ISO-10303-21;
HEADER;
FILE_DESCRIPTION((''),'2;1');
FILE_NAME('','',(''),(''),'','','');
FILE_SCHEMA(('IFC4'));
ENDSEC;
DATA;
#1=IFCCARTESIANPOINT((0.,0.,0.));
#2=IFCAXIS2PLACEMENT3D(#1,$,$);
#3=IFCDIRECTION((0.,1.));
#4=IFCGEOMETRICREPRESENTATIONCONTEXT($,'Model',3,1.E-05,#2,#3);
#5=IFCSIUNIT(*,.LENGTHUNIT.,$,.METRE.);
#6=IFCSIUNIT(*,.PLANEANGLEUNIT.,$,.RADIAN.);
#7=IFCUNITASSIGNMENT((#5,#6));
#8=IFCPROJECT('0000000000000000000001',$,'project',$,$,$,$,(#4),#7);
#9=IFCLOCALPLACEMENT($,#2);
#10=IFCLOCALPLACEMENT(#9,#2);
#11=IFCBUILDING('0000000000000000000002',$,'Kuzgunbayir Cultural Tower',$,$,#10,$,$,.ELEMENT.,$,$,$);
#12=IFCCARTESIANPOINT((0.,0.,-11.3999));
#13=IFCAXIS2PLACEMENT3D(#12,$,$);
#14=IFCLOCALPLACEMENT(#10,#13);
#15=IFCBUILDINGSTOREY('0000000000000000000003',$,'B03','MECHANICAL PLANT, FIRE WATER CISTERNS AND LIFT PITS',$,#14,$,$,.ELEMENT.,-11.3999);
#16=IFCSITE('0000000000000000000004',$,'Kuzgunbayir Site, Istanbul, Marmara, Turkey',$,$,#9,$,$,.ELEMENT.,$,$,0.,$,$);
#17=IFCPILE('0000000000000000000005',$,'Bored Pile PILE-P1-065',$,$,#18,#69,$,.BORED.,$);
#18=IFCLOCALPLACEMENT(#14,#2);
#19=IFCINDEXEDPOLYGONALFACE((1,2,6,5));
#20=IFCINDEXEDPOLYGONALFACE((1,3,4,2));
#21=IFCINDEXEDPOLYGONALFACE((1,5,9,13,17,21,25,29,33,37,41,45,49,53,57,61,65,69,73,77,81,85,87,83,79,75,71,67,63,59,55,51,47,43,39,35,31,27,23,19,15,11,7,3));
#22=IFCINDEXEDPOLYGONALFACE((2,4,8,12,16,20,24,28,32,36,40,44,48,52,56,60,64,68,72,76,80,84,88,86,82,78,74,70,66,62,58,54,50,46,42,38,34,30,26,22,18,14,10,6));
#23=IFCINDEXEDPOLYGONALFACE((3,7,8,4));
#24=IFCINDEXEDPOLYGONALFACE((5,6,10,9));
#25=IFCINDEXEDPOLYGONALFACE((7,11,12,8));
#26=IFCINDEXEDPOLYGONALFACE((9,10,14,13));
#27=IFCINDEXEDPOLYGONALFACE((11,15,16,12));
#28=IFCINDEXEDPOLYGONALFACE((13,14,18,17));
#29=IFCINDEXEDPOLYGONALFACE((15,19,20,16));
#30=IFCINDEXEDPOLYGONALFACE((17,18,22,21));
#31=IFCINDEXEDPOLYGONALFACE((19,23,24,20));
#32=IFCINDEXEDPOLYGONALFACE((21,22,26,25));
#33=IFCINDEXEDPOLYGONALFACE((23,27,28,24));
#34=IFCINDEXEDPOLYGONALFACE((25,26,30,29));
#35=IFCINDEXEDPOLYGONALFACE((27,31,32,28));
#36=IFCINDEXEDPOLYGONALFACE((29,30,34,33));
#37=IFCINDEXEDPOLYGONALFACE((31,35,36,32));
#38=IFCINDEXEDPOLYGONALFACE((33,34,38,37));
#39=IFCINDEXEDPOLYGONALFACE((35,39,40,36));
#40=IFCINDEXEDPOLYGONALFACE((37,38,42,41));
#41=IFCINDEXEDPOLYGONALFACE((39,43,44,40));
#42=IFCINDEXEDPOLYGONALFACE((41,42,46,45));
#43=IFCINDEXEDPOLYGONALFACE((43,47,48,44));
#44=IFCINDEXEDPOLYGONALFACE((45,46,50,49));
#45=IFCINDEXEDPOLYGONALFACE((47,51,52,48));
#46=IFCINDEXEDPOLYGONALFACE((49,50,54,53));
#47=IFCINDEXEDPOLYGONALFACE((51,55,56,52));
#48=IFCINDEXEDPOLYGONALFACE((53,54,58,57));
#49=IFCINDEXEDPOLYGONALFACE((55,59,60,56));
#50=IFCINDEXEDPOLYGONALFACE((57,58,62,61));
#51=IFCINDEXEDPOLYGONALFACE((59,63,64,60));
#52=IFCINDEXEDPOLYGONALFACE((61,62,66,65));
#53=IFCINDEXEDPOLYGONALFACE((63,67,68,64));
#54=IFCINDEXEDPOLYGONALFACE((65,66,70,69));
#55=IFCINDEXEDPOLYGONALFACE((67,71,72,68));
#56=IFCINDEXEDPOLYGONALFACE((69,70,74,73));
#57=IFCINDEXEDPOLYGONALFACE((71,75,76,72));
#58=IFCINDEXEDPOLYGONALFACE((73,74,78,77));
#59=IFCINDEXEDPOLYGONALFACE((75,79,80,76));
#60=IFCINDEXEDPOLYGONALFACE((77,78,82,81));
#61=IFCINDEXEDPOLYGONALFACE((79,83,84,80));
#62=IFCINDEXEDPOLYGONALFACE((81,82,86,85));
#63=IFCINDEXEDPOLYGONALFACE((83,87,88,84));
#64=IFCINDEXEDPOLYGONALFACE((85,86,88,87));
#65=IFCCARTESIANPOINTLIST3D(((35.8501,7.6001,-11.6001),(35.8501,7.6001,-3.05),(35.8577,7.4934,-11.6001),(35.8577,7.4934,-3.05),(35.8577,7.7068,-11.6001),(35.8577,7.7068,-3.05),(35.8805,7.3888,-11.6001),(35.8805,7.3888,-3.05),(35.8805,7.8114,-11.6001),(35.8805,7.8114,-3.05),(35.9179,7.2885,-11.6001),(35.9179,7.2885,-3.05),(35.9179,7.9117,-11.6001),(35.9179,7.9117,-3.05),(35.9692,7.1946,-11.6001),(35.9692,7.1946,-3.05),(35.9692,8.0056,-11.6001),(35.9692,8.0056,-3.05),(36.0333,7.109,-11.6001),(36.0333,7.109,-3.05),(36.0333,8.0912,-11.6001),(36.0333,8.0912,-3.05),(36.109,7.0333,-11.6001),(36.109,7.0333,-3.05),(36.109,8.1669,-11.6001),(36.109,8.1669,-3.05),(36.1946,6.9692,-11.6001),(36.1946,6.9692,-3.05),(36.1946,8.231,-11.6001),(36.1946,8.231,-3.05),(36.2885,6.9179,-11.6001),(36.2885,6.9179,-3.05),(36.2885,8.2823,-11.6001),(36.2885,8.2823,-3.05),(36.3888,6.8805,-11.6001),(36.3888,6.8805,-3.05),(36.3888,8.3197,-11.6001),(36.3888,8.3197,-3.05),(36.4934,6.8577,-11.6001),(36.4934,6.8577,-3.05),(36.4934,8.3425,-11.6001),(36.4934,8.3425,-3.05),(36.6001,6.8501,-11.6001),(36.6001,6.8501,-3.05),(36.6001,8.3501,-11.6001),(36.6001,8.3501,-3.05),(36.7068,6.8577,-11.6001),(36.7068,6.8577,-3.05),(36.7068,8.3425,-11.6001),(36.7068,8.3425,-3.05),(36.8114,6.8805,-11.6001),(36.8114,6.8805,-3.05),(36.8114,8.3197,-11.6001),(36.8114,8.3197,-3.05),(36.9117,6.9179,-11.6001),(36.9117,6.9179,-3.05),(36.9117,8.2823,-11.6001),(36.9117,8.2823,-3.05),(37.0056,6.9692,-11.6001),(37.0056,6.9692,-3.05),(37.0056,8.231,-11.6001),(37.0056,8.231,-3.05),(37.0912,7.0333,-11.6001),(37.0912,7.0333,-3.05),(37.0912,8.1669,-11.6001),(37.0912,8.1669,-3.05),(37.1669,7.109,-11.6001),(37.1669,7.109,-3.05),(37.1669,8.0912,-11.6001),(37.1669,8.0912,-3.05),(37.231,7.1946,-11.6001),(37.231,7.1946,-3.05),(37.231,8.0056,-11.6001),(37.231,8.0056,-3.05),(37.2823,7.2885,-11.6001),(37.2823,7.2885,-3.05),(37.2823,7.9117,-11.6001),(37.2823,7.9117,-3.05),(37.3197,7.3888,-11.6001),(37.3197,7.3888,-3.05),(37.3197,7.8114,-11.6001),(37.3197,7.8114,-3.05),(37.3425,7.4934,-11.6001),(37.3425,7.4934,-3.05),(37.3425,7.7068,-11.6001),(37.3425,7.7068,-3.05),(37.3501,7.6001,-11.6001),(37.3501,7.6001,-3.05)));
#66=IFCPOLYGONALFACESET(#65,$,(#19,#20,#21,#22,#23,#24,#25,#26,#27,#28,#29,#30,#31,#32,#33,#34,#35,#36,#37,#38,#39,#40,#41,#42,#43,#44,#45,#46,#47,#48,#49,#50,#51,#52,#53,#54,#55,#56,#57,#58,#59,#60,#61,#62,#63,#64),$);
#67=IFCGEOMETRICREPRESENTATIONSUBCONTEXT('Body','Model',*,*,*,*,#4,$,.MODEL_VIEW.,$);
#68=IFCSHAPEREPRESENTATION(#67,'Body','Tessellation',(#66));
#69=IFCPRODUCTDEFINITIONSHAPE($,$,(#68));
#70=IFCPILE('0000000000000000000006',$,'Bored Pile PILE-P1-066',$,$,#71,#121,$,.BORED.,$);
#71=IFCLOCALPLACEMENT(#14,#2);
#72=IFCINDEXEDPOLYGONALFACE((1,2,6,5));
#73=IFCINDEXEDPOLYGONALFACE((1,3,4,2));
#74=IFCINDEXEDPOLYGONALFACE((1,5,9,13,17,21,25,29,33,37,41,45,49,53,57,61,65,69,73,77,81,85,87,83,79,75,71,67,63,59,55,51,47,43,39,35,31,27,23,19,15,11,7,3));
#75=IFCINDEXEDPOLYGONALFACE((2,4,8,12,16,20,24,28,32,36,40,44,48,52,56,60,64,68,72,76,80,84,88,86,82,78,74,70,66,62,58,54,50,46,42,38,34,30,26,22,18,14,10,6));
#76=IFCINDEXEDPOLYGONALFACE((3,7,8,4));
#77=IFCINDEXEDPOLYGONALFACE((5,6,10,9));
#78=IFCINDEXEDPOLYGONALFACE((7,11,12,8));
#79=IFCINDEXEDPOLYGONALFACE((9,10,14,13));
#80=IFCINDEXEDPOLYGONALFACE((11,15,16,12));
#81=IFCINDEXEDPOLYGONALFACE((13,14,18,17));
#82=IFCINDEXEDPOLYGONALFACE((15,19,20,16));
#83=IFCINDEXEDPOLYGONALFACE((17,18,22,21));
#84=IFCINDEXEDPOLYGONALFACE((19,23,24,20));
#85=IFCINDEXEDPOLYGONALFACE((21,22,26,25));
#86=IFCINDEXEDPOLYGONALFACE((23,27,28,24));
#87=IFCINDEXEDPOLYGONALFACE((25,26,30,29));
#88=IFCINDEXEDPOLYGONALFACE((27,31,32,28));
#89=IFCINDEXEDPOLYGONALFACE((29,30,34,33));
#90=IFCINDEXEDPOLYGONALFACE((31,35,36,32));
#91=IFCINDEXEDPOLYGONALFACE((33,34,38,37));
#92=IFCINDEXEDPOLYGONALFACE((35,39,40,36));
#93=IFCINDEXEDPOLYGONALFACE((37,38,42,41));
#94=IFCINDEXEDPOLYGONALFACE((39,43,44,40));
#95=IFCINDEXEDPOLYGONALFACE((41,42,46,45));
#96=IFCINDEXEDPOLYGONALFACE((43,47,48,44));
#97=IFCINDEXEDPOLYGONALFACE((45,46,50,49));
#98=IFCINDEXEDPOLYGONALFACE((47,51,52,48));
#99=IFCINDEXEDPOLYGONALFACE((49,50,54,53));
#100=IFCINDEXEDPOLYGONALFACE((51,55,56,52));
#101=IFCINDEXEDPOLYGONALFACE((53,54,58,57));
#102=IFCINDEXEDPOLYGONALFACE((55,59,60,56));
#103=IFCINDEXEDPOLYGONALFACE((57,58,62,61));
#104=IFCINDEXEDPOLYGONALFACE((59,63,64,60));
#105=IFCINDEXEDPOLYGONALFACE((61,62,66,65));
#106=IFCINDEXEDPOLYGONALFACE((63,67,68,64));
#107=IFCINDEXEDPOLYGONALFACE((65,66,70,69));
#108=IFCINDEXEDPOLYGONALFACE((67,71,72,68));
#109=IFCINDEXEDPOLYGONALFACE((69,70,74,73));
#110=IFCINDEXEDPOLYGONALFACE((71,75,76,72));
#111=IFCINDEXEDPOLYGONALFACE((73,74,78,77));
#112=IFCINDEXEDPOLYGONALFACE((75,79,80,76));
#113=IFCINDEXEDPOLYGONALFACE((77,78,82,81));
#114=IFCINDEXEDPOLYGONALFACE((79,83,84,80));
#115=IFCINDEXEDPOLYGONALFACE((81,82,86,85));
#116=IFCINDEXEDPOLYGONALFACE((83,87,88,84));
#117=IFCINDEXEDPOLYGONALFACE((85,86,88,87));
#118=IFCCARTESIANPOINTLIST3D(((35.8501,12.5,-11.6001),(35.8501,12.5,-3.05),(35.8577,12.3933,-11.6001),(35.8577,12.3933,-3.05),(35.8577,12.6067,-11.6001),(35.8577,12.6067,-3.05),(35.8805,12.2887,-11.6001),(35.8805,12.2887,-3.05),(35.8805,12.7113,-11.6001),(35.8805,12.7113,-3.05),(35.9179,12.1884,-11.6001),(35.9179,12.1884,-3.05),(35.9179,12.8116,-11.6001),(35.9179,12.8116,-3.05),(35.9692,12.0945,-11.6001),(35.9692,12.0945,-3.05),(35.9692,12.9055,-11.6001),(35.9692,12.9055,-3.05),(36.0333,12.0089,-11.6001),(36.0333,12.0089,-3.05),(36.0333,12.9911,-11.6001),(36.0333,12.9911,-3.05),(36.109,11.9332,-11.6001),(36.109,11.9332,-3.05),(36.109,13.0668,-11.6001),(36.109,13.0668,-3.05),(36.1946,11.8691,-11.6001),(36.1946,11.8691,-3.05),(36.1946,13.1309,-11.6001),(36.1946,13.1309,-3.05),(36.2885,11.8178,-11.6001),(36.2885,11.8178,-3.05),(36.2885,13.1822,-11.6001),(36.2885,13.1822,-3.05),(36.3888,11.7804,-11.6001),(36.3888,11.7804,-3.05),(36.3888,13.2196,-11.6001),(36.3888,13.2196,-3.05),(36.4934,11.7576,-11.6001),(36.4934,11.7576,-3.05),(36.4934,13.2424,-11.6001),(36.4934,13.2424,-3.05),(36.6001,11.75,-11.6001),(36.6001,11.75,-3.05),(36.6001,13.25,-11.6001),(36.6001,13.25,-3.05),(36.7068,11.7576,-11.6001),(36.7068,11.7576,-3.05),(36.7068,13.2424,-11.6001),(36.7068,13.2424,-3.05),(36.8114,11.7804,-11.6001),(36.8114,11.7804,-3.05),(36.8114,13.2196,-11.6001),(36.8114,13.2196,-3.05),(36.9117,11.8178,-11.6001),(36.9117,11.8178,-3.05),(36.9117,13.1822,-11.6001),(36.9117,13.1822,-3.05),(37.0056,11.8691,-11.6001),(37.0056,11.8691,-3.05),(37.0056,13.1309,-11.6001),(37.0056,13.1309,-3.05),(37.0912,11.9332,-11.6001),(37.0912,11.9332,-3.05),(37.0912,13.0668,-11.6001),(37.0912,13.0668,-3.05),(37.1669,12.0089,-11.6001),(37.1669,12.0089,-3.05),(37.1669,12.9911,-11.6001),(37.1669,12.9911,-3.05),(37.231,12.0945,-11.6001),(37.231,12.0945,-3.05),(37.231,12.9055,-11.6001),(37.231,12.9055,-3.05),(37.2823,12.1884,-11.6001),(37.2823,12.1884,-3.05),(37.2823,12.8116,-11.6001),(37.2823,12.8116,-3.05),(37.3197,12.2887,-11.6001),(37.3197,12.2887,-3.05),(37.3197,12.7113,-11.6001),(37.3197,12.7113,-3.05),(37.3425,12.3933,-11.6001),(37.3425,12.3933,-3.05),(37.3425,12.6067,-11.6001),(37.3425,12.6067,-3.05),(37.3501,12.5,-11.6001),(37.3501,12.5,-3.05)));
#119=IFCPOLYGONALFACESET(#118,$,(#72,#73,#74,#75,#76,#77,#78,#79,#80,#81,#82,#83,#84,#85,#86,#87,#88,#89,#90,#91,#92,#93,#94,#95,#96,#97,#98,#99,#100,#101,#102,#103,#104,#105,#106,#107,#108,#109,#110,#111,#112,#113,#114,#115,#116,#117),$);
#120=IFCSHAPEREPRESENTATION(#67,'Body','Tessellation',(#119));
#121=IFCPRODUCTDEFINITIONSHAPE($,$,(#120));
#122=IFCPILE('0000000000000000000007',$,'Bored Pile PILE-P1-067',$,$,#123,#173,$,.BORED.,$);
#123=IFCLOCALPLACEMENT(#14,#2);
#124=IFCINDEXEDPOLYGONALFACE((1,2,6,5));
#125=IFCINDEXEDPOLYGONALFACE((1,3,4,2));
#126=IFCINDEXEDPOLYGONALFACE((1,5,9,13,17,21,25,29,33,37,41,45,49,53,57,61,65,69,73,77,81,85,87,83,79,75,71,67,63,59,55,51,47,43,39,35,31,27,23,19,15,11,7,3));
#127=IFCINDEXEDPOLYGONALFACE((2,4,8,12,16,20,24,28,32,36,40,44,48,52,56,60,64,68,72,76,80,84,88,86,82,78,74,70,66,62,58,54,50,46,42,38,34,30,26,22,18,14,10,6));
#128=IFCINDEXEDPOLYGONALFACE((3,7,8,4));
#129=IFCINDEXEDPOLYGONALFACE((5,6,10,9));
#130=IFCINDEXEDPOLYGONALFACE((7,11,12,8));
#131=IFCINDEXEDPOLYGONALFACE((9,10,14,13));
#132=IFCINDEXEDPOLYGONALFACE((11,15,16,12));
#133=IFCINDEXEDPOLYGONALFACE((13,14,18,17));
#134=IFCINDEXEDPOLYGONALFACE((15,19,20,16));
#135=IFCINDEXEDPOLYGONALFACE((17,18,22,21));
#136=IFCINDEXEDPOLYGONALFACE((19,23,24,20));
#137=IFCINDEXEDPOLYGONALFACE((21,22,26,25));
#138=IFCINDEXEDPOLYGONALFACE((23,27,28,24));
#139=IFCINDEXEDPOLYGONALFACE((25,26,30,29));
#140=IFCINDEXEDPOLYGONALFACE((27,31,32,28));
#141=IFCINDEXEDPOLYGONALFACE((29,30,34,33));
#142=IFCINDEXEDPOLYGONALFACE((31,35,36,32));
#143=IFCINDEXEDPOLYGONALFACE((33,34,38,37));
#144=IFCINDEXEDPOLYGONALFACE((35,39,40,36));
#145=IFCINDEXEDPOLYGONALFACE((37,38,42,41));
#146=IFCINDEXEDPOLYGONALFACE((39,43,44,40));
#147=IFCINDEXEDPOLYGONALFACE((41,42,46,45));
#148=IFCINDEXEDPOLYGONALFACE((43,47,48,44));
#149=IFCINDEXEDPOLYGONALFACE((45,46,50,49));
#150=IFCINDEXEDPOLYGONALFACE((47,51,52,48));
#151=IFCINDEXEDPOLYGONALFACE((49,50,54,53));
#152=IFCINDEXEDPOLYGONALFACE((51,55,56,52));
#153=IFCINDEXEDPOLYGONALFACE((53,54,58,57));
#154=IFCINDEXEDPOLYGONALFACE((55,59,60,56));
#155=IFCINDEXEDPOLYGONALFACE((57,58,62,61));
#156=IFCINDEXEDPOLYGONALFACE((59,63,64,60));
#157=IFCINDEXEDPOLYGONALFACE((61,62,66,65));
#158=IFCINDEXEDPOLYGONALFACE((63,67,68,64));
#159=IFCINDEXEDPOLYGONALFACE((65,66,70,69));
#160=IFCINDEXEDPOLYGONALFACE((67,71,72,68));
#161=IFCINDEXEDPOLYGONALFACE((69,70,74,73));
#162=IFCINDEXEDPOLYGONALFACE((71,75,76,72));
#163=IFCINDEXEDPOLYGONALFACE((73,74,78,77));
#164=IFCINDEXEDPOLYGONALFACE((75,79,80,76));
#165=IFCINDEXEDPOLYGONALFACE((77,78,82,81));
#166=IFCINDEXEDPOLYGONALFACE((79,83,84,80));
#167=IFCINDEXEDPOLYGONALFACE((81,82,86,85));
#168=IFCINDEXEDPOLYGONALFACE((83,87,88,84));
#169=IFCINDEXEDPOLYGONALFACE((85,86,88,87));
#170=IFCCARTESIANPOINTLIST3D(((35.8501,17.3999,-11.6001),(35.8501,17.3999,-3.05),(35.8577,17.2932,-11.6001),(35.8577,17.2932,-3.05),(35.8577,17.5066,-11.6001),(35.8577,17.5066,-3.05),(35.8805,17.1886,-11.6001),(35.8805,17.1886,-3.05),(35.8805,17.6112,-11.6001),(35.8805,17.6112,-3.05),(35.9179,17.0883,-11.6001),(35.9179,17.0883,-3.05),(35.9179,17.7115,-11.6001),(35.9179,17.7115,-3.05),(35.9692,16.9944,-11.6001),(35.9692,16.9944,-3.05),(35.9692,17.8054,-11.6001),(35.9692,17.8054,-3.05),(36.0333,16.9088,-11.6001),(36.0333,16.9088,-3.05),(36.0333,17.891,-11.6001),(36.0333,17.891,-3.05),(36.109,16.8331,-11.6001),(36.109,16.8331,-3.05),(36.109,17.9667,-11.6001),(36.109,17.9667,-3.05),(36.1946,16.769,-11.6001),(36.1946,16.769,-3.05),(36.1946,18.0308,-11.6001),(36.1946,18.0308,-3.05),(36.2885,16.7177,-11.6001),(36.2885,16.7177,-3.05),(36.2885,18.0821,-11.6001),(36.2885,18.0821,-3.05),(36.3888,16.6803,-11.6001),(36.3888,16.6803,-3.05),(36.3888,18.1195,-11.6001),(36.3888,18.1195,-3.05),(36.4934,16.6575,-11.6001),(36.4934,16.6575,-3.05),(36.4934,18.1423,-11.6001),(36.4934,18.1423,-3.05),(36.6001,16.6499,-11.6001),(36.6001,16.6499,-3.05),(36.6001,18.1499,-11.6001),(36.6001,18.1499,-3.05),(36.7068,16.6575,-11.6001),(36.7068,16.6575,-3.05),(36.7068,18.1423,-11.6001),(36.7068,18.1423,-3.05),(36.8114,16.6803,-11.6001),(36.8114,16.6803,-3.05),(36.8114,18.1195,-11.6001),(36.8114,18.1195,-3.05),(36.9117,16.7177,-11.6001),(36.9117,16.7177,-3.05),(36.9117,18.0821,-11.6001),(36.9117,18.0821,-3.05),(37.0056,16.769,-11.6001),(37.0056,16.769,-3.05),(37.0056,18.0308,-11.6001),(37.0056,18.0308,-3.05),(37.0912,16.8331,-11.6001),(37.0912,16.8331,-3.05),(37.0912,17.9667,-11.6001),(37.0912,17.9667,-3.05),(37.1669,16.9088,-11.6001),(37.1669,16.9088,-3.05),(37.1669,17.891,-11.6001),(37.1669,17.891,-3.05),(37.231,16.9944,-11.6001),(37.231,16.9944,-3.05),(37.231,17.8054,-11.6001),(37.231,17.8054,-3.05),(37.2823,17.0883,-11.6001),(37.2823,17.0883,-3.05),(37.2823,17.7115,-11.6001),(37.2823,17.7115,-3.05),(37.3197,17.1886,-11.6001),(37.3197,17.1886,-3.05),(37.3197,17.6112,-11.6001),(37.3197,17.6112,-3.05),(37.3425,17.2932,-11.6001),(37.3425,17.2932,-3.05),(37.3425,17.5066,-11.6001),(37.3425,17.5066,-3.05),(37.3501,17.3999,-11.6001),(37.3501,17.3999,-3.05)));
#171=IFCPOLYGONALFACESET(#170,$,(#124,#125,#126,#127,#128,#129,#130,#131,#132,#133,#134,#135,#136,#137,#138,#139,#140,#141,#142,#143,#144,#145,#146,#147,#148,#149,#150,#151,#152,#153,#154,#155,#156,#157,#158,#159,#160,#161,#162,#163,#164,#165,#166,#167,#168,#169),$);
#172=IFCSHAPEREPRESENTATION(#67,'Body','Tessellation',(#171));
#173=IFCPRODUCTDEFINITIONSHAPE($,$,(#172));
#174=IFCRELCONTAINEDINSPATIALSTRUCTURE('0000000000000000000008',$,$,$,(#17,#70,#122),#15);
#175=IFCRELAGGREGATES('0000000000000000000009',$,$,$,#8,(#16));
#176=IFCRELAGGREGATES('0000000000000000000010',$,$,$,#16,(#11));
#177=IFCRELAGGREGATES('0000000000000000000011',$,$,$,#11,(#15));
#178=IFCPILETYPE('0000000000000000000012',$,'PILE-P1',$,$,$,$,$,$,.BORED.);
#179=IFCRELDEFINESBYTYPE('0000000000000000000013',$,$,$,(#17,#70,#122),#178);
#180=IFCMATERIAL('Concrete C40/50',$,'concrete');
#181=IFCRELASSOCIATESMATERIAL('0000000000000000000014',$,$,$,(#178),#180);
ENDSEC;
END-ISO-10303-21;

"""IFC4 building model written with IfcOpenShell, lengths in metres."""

from ifc_helpers import new_model, si_unit, direction, frame, origin, origin_2d, place, context, subcontext, project, spatial, circle, extrude, material, material_profile, profile_set, type_object, element, save


model = new_model("IFC4")

# Units and contexts
model_context = context("Model", 3, precision=1e-05, world=origin(), true_north=direction((0.0, 1.0)))
body_context = subcontext(model_context, "Body", "Model", "MODEL_VIEW")
ifc_project = project(units=[si_unit("LENGTHUNIT", "METRE"), si_unit("PLANEANGLEUNIT", "RADIAN")], contexts=[model_context])

# Site, building, storey
site_placement = place(None, origin())
site = spatial("IfcSite", under=ifc_project, at=site_placement, Name="Kuzgunbayir Site, Istanbul, Marmara, Turkey", CompositionType="ELEMENT", RefElevation=0.0)
building_placement = place(site_placement, origin())
building = spatial("IfcBuilding", under=site, at=building_placement, Name="Kuzgunbayir Cultural Tower", CompositionType="ELEMENT")
storey_placement = place(building_placement, frame((0.0, 0.0, -11.3999)))
storey = spatial("IfcBuildingStorey", under=building, at=storey_placement, Name="B03", Description="MECHANICAL PLANT, FIRE WATER CISTERNS AND LIFT PITS", CompositionType="ELEMENT", Elevation=-11.3999)

# Piles
ifc_material_1 = material(Name="Concrete C40/50", Category="concrete")
ifc_material_profile_1 = material_profile(ifc_material_1, circle(Radius=0.75, at=origin_2d()), Name="BORED PILE 1500")
ifc_profile_set_1 = profile_set([ifc_material_profile_1], Name="Concrete C40/50")
pile_type_1 = type_object("IfcPileType", Name="PILE-P1", PredefinedType="BORED", material=ifc_profile_set_1)
for number, where, z_axis, x_axis, name in (
    (1, (36.6001, 7.6001, -3.05), (0.0, 0.0, -1.0), (1.0, 0.0, 0.0), "Bored Pile PILE-P1-065"),
    (2, (36.6001, 12.5, -3.05), (0.0, 0.0, -1.0), (1.0, 0.0, 0.0), "Bored Pile PILE-P1-066"),
    (3, (36.6001, 17.3999, -3.05), (0.0, 0.0, -1.0), (1.0, 0.0, 0.0), "Bored Pile PILE-P1-067"),
):
    element("IfcPile", number, at=place(storey_placement, frame(where, z_axis=z_axis, x_axis=x_axis)), inside=storey, type_object=pile_type_1, Name=name, PredefinedType="BORED", context=body_context, shape_type="SweptSolid", body=[
        extrude(circle(Radius=0.75, at=origin_2d()), origin(), (0.0, 0.0, 1.0), 8.55),
    ])

save(model, "model.ifc")
